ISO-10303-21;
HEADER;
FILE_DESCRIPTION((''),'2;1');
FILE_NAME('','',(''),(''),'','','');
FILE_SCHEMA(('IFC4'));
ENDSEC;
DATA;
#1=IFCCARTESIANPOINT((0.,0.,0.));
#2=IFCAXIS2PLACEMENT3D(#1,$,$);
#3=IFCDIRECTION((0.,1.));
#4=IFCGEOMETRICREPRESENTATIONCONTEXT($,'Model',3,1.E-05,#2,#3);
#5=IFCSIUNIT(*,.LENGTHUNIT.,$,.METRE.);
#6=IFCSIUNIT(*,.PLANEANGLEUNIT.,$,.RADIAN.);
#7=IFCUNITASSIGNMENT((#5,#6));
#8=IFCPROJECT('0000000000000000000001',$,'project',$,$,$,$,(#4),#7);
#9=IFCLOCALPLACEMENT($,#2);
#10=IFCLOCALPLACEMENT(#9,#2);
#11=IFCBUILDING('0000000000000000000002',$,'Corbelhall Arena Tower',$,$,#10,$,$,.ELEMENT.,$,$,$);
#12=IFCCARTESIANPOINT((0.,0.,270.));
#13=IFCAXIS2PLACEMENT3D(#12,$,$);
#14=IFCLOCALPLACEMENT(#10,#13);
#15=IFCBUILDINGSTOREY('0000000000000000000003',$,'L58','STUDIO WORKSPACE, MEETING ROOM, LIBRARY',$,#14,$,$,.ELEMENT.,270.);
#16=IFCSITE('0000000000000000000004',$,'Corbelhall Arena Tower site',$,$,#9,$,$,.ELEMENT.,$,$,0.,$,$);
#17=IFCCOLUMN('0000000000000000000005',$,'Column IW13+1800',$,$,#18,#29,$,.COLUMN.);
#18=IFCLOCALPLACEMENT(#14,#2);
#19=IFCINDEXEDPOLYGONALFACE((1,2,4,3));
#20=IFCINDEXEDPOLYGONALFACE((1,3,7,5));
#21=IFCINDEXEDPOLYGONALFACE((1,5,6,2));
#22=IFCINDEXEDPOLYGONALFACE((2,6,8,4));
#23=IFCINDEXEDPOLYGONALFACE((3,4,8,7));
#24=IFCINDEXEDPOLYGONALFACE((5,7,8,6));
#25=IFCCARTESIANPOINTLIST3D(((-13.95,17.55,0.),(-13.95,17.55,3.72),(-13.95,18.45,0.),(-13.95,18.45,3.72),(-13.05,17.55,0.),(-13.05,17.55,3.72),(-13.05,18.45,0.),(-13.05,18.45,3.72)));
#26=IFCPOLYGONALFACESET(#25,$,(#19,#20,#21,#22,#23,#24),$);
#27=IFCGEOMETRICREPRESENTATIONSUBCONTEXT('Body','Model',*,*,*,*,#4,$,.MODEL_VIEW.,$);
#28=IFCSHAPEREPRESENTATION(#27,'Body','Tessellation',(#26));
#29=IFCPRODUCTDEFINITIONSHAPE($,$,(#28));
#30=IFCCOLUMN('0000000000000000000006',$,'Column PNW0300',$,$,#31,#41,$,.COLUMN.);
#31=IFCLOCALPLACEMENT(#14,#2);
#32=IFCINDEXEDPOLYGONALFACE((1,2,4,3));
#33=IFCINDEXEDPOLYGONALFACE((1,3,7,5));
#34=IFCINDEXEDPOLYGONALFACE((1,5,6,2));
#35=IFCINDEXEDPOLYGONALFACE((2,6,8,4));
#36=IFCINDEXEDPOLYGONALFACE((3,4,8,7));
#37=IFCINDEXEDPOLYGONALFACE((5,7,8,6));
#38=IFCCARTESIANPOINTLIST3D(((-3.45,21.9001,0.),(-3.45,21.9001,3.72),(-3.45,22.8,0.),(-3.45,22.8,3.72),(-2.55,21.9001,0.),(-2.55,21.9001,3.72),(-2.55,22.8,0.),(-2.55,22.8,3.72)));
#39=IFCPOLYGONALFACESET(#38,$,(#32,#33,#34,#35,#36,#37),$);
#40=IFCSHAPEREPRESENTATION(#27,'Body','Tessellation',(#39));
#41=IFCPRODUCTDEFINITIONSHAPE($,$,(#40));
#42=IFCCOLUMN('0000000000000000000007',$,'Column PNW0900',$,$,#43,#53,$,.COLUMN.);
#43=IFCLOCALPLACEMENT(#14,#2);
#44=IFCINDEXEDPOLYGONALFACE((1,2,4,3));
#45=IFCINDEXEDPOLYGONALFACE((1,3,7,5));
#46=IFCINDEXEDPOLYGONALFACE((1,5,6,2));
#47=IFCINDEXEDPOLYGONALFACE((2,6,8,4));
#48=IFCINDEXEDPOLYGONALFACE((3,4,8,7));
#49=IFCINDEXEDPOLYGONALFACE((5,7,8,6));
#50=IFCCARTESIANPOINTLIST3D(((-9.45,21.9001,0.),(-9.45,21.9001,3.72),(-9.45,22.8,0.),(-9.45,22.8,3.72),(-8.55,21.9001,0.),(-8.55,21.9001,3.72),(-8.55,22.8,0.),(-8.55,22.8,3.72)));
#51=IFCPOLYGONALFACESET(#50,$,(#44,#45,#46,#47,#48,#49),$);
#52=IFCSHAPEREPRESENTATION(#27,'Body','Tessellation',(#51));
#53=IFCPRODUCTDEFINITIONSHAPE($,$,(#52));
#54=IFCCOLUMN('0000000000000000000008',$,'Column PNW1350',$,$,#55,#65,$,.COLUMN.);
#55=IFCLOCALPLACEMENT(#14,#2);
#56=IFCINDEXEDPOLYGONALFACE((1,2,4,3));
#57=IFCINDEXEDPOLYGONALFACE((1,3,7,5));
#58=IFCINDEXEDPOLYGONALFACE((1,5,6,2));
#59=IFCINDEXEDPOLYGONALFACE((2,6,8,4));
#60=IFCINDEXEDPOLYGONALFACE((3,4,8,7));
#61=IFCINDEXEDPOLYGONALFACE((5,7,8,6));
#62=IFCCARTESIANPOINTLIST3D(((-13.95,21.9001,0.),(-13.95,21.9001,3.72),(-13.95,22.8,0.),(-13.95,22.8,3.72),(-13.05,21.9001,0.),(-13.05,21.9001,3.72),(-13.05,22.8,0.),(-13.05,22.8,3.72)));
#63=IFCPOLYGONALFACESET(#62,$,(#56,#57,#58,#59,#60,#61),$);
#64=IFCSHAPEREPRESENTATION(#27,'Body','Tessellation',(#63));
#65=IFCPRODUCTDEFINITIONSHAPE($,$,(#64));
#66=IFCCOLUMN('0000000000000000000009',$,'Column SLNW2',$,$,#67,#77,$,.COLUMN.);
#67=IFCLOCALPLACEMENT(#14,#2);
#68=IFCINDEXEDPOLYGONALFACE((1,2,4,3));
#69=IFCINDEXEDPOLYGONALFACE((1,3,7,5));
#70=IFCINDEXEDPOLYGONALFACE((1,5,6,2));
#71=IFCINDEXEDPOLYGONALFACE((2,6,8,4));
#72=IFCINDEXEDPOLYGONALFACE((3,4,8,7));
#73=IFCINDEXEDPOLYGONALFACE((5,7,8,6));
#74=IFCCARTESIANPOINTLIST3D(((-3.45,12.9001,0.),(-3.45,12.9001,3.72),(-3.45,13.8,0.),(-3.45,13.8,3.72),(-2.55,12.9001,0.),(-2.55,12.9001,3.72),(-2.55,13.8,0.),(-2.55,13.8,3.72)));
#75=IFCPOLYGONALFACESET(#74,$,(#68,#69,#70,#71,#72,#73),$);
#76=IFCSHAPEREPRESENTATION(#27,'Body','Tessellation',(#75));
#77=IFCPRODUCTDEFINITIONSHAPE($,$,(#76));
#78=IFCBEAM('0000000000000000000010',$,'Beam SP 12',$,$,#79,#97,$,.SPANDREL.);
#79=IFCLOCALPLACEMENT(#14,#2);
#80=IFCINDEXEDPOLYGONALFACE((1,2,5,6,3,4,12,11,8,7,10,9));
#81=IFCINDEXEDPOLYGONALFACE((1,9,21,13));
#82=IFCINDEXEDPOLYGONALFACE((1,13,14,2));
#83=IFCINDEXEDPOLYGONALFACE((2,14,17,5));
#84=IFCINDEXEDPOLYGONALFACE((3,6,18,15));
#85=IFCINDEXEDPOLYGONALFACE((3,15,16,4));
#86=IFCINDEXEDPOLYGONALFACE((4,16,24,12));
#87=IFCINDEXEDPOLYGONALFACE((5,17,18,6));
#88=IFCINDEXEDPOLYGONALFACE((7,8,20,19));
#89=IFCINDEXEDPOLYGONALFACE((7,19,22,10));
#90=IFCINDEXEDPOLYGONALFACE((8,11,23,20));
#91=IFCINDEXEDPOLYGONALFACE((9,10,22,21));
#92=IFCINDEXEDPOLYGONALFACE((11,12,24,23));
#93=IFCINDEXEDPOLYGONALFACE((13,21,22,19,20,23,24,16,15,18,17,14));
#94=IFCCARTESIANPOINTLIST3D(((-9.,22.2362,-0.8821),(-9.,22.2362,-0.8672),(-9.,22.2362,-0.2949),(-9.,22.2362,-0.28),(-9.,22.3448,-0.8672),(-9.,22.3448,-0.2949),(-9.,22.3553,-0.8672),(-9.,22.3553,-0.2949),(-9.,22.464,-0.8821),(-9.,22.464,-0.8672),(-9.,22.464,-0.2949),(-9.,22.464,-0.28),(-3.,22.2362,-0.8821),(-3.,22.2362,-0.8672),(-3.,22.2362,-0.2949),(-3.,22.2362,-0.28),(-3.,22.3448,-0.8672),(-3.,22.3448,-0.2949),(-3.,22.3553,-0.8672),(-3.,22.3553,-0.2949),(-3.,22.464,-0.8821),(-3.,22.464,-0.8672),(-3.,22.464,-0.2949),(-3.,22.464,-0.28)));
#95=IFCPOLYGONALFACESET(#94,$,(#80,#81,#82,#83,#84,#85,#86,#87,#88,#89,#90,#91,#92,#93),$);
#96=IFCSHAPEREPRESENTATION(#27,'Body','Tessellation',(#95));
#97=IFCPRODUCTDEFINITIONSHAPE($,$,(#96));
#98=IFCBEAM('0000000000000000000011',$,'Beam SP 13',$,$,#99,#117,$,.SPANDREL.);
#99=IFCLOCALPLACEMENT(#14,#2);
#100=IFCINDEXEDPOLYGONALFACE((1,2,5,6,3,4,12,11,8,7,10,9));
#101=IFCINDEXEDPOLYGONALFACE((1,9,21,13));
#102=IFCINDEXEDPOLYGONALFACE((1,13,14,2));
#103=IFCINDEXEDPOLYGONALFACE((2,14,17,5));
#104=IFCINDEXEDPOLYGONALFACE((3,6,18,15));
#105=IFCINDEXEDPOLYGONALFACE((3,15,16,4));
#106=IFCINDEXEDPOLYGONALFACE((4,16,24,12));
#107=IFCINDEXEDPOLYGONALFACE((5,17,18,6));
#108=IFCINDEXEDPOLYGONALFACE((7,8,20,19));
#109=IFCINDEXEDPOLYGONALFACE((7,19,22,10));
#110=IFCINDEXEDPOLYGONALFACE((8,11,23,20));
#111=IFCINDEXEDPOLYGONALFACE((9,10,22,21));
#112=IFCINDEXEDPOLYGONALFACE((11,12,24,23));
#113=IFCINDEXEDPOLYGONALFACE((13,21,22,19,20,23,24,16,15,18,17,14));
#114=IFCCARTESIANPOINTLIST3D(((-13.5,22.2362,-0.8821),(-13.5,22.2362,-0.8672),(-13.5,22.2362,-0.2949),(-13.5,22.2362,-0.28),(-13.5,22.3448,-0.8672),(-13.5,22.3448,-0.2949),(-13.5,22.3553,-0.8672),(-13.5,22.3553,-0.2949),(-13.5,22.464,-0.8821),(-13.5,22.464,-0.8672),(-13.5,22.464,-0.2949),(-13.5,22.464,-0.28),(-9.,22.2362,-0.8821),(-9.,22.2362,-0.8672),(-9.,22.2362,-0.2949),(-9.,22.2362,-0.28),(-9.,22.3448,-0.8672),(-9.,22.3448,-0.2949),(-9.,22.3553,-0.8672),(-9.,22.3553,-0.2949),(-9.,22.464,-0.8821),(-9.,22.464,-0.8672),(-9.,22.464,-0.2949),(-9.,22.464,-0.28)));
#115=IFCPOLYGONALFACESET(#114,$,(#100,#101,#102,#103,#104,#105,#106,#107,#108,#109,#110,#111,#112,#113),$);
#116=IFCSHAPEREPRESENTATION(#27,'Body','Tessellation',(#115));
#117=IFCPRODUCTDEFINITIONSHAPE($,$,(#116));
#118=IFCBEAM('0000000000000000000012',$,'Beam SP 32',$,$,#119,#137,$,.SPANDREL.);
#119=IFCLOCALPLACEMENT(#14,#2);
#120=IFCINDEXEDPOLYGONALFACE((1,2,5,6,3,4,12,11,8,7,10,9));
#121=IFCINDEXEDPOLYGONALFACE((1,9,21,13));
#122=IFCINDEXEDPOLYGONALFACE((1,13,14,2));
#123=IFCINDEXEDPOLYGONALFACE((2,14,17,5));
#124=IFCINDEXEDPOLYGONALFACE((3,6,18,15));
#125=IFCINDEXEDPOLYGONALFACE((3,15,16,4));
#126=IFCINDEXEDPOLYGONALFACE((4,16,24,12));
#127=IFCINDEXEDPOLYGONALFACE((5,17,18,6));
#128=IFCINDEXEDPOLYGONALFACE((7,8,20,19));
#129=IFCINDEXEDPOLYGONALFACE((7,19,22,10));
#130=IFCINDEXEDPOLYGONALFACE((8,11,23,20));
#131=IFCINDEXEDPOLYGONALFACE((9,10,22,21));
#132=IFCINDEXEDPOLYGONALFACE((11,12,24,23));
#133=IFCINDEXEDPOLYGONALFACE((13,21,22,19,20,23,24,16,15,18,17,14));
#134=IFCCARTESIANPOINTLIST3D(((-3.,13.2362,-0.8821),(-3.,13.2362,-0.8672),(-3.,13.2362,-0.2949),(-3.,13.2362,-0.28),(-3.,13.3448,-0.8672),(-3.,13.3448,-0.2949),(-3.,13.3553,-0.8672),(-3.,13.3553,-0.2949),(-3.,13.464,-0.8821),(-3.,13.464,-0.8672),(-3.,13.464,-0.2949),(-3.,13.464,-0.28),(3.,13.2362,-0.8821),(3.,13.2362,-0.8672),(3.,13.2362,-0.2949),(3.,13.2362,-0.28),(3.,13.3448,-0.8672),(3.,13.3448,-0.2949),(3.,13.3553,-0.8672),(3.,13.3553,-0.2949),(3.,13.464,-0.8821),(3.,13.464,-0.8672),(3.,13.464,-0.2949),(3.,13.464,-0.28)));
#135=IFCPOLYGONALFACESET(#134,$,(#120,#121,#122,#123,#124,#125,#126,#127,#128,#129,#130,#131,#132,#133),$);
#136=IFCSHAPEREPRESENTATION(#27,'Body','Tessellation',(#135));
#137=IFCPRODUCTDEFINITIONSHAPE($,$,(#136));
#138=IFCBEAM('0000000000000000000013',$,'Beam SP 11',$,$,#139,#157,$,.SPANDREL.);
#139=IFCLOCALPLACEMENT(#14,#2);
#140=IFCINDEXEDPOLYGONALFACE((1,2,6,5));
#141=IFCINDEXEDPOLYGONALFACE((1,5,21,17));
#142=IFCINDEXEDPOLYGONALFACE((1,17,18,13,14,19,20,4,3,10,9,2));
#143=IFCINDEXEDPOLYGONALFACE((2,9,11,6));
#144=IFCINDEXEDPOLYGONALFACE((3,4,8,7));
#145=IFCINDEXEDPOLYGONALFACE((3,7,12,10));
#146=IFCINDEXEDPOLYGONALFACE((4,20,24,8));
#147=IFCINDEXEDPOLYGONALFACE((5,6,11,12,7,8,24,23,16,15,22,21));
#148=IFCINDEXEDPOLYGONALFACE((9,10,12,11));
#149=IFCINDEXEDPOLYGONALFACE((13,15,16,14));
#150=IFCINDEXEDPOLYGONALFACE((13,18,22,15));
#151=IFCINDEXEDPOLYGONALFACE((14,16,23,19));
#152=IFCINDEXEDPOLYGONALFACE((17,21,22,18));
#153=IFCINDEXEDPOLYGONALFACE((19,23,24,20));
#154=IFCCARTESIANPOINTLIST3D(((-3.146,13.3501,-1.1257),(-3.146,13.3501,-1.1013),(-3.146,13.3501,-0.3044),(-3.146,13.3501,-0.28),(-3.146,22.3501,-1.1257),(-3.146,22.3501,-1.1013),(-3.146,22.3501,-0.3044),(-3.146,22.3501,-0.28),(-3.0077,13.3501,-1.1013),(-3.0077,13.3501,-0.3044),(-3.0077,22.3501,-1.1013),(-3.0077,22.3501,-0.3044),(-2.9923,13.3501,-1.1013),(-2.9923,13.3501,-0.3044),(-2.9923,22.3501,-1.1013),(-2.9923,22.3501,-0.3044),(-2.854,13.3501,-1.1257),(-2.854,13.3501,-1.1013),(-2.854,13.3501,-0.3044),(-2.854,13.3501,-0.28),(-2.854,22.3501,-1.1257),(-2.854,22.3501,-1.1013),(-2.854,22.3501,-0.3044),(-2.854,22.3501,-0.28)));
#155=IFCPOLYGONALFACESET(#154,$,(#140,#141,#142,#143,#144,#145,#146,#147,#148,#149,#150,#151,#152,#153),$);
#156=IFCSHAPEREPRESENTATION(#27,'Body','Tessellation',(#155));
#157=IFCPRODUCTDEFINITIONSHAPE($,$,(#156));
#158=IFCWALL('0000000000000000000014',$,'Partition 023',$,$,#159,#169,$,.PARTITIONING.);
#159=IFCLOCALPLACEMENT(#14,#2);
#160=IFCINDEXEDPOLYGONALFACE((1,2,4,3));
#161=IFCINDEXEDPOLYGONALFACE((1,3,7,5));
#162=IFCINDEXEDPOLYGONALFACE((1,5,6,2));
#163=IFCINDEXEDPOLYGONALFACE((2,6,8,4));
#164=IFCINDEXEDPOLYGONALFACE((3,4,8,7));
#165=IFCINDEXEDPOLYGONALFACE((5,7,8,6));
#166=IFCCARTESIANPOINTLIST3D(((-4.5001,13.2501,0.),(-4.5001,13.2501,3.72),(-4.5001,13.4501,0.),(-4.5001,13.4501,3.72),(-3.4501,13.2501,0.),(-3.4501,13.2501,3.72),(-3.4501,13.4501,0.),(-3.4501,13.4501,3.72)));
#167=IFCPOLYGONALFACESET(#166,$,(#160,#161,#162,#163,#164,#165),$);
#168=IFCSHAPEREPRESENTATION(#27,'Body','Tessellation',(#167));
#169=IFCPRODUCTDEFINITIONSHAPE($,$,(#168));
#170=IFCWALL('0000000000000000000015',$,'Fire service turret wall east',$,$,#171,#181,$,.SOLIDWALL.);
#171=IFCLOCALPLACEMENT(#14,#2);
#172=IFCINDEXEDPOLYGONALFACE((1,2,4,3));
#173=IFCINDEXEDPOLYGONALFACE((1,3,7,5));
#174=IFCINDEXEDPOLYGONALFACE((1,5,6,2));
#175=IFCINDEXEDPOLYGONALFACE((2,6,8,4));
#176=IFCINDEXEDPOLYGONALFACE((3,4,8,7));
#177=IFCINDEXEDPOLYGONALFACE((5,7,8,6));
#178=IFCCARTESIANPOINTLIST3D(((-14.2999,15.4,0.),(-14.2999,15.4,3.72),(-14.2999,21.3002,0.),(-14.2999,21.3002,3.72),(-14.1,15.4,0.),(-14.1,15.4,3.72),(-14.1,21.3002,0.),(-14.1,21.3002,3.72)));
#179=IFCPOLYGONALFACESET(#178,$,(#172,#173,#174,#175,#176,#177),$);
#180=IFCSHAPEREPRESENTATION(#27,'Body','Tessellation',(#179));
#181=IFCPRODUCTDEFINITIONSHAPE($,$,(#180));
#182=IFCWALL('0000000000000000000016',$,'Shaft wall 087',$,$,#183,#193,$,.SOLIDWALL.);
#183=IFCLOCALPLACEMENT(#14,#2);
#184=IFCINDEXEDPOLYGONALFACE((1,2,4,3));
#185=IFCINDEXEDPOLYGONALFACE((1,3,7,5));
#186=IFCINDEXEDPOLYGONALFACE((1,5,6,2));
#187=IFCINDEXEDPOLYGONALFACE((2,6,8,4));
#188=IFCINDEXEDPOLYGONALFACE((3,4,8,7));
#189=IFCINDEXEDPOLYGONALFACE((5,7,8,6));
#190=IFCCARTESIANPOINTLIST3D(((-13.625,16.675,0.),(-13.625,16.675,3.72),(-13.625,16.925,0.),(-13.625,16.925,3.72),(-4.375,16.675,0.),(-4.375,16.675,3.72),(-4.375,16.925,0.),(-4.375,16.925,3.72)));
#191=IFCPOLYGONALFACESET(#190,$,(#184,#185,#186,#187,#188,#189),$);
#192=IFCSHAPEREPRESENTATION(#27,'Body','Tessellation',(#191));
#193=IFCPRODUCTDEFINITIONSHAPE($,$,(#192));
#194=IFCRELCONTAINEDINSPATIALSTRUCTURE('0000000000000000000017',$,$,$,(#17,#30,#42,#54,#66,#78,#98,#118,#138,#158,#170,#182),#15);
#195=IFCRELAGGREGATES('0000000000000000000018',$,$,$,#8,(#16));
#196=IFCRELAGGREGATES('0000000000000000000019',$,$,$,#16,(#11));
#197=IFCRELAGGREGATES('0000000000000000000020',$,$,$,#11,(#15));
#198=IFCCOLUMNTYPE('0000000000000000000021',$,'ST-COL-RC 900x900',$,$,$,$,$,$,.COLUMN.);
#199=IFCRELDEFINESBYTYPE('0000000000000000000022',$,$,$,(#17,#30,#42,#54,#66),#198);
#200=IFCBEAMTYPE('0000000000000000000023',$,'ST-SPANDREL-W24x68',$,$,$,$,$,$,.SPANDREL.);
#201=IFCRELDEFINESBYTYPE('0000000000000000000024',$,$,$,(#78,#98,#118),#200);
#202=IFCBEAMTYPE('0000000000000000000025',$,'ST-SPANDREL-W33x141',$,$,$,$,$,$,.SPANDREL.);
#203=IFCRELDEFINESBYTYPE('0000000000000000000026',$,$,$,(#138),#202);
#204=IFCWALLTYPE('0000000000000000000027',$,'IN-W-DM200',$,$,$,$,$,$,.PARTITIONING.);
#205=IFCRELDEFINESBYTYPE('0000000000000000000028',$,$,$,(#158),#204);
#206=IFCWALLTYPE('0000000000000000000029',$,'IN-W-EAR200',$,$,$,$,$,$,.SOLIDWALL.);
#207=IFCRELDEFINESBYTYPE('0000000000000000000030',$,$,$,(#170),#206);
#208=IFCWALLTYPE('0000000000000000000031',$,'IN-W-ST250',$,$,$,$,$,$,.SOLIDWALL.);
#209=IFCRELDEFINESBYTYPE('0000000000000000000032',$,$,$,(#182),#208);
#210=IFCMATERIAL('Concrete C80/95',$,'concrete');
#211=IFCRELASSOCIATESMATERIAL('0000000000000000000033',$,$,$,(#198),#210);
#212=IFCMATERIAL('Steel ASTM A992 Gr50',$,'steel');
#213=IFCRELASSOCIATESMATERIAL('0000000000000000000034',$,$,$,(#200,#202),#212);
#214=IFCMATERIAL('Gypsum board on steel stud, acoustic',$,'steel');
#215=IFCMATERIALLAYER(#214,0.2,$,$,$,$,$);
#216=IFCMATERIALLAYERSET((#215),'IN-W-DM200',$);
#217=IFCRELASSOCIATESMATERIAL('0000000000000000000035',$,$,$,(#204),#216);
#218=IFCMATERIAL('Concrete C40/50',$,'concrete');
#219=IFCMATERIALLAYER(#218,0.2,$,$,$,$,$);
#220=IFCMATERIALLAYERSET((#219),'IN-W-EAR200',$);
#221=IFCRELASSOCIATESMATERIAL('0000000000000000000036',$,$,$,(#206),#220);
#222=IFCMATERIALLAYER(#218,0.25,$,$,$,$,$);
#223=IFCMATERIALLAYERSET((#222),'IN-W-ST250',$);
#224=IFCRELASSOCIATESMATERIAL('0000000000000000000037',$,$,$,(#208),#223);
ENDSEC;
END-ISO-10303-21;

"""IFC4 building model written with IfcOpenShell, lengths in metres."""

from ifc_helpers import new_model, si_unit, direction, frame, frame_2d, origin, origin_2d, place, context, subcontext, project, spatial, rectangle, i_section, extrude, material, layer, layer_set, material_profile, profile_set, type_object, element, save


model = new_model("IFC4")

# Units and contexts
model_context = context("Model", 3, precision=1e-05, world=origin(), true_north=direction((0.0, 1.0)))
body_context = subcontext(model_context, "Body", "Model", "MODEL_VIEW")
ifc_project = project(units=[si_unit("LENGTHUNIT", "METRE"), si_unit("PLANEANGLEUNIT", "RADIAN")], contexts=[model_context])

# Site, building, storey
site_placement = place(None, origin())
site = spatial("IfcSite", under=ifc_project, at=site_placement, Name="Corbelhall Arena Tower site", CompositionType="ELEMENT", RefElevation=0.0)
building_placement = place(site_placement, origin())
building = spatial("IfcBuilding", under=site, at=building_placement, Name="Corbelhall Arena Tower", CompositionType="ELEMENT")
storey_placement = place(building_placement, frame((0.0, 0.0, 270.0)))
storey = spatial("IfcBuildingStorey", under=building, at=storey_placement, Name="L58", Description="STUDIO WORKSPACE, MEETING ROOM, LIBRARY", CompositionType="ELEMENT", Elevation=270.0)

# Columns
ifc_material_1 = material(Name="Concrete C80/95", Category="concrete")
ifc_material_profile_1 = material_profile(ifc_material_1, rectangle(XDim=0.8999, YDim=0.8999, at=origin_2d()))
ifc_profile_set_1 = profile_set([ifc_material_profile_1], Name="Concrete C80/95")
column_type = type_object("IfcColumnType", Name="ST-COL-RC 900x900", PredefinedType="COLUMN", material=ifc_profile_set_1)
for number, where, z_axis, x_axis, name in (
    (1, (-13.5, 18.0, 0.0), (0.0, 0.0, 1.0), (1.0, 0.0, 0.0), "Column IW13+1800"),
    (2, (-3.0, 22.3501, 0.0), (0.0, 0.0, 1.0), (1.0, 0.0, 0.0), "Column PNW0300"),
    (3, (-9.0, 22.3501, 0.0), (0.0, 0.0, 1.0), (1.0, 0.0, 0.0), "Column PNW0900"),
    (4, (-13.5, 22.3501, 0.0), (0.0, 0.0, 1.0), (1.0, 0.0, 0.0), "Column PNW1350"),
    (5, (-3.0, 13.3501, 0.0), (0.0, 0.0, 1.0), (1.0, 0.0, 0.0), "Column SLNW2"),
):
    element("IfcColumn", number, at=place(storey_placement, frame(where, z_axis=z_axis, x_axis=x_axis)), inside=storey, type_object=column_type, Name=name, PredefinedType="COLUMN", context=body_context, shape_type="SweptSolid", body=[
        extrude(rectangle(XDim=0.8999, YDim=0.8999, at=origin_2d()), origin(), (0.0, 0.0, 1.0), 3.72),
    ])

# Beams
ifc_material_2 = material(Name="Steel ASTM A992 Gr50", Category="steel")
ifc_material_profile_2 = material_profile(ifc_material_2, i_section(OverallWidth=0.2278, OverallDepth=0.6021, WebThickness=0.0105, FlangeThickness=0.0149, at=origin_2d()))
ifc_profile_set_2 = profile_set([ifc_material_profile_2], Name="Steel ASTM A992 Gr50")
beam_type_1 = type_object("IfcBeamType", Name="ST-SPANDREL-W24x68", PredefinedType="SPANDREL", material=ifc_profile_set_2)
beam_1_placement = place(storey_placement, frame((-9.0, 22.3501, -0.5811), z_axis=(1.0, 0.0, 0.0), x_axis=(0.0, 1.0, 0.0)))
element("IfcBeam", 6, at=beam_1_placement, inside=storey, type_object=beam_type_1, Name="Beam SP 12", PredefinedType="SPANDREL", context=body_context, shape_type="SweptSolid", body=[
    extrude(i_section(OverallWidth=0.2278, OverallDepth=0.6021, WebThickness=0.0105, FlangeThickness=0.0149, at=origin_2d()), origin(), (0.0, 0.0, 1.0), 6.0),
])
beam_2_placement = place(storey_placement, frame((-13.5, 22.3501, -0.5811), z_axis=(1.0, 0.0, 0.0), x_axis=(0.0, 1.0, 0.0)))
element("IfcBeam", 7, at=beam_2_placement, inside=storey, type_object=beam_type_1, Name="Beam SP 13", PredefinedType="SPANDREL", context=body_context, shape_type="SweptSolid", body=[
    extrude(i_section(OverallWidth=0.2278, OverallDepth=0.6021, WebThickness=0.0105, FlangeThickness=0.0149, at=origin_2d()), origin(), (0.0, 0.0, 1.0), 4.5),
])
beam_3_placement = place(storey_placement, frame((-3.0, 13.3501, -0.5811), z_axis=(1.0, 0.0, 0.0), x_axis=(0.0, 1.0, 0.0)))
element("IfcBeam", 8, at=beam_3_placement, inside=storey, type_object=beam_type_1, Name="Beam SP 32", PredefinedType="SPANDREL", context=body_context, shape_type="SweptSolid", body=[
    extrude(i_section(OverallWidth=0.2278, OverallDepth=0.6021, WebThickness=0.0105, FlangeThickness=0.0149, at=origin_2d()), origin(), (0.0, 0.0, 1.0), 6.0),
])
ifc_material_profile_3 = material_profile(ifc_material_2, i_section(OverallWidth=0.292, OverallDepth=0.8457, WebThickness=0.0154, FlangeThickness=0.0244, at=origin_2d()))
ifc_profile_set_3 = profile_set([ifc_material_profile_3], Name="Steel ASTM A992 Gr50")
beam_type_2 = type_object("IfcBeamType", Name="ST-SPANDREL-W33x141", PredefinedType="SPANDREL", material=ifc_profile_set_3)
beam_4_placement = place(storey_placement, frame((-3.0, 22.3501, -0.7029), z_axis=(0.0, -1.0, 0.0), x_axis=(1.0, 0.0, 0.0)))
element("IfcBeam", 9, at=beam_4_placement, inside=storey, type_object=beam_type_2, Name="Beam SP 11", PredefinedType="SPANDREL", context=body_context, shape_type="SweptSolid", body=[
    extrude(i_section(OverallWidth=0.292, OverallDepth=0.8457, WebThickness=0.0154, FlangeThickness=0.0244, at=origin_2d()), origin(), (0.0, 0.0, 1.0), 9.0),
])

# Walls
ifc_material_3 = material(Name="Gypsum board on steel stud, acoustic", Category="steel")
ifc_layer_1 = layer(ifc_material_3, 0.2)
ifc_layer_set_1 = layer_set([ifc_layer_1], Name="IN-W-DM200")
wall_type_1 = type_object("IfcWallType", Name="IN-W-DM200", PredefinedType="PARTITIONING", material=ifc_layer_set_1)
wall_1_placement = place(storey_placement, frame((-4.5, 13.3501, 0.0), z_axis=(0.0, 0.0, 1.0), x_axis=(1.0, 0.0, 0.0)))
element("IfcWall", 10, at=wall_1_placement, inside=storey, type_object=wall_type_1, Name="Partition 023", PredefinedType="PARTITIONING", context=body_context, shape_type="SweptSolid", body=[
    extrude(rectangle(XDim=1.05, YDim=0.2, at=frame_2d((0.5249, 0.0))), origin(), (0.0, 0.0, 1.0), 3.72),
])
ifc_material_4 = material(Name="Concrete C40/50", Category="concrete")
ifc_layer_2 = layer(ifc_material_4, 0.2)
ifc_layer_set_2 = layer_set([ifc_layer_2], Name="IN-W-EAR200")
wall_type_2 = type_object("IfcWallType", Name="IN-W-EAR200", PredefinedType="SOLIDWALL", material=ifc_layer_set_2)
wall_2_placement = place(storey_placement, frame((-14.2, 15.3999, 0.0), z_axis=(0.0, 0.0, 1.0), x_axis=(0.0, 1.0, 0.0)))
element("IfcWall", 11, at=wall_2_placement, inside=storey, type_object=wall_type_2, Name="Fire service turret wall east", PredefinedType="SOLIDWALL", context=body_context, shape_type="SweptSolid", body=[
    extrude(rectangle(XDim=5.9001, YDim=0.2, at=frame_2d((2.9502, 0.0))), origin(), (0.0, 0.0, 1.0), 3.72),
])
ifc_layer_3 = layer(ifc_material_4, 0.25)
ifc_layer_set_3 = layer_set([ifc_layer_3], Name="IN-W-ST250")
wall_type_3 = type_object("IfcWallType", Name="IN-W-ST250", PredefinedType="SOLIDWALL", material=ifc_layer_set_3)
wall_3_placement = place(storey_placement, frame((-13.625, 16.8, 0.0), z_axis=(0.0, 0.0, 1.0), x_axis=(1.0, 0.0, 0.0)))
element("IfcWall", 12, at=wall_3_placement, inside=storey, type_object=wall_type_3, Name="Shaft wall 087", PredefinedType="SOLIDWALL", context=body_context, shape_type="SweptSolid", body=[
    extrude(rectangle(XDim=9.25, YDim=0.25, at=frame_2d((4.625, 0.0))), origin(), (0.0, 0.0, 1.0), 3.72),
])

save(model, "model.ifc")
